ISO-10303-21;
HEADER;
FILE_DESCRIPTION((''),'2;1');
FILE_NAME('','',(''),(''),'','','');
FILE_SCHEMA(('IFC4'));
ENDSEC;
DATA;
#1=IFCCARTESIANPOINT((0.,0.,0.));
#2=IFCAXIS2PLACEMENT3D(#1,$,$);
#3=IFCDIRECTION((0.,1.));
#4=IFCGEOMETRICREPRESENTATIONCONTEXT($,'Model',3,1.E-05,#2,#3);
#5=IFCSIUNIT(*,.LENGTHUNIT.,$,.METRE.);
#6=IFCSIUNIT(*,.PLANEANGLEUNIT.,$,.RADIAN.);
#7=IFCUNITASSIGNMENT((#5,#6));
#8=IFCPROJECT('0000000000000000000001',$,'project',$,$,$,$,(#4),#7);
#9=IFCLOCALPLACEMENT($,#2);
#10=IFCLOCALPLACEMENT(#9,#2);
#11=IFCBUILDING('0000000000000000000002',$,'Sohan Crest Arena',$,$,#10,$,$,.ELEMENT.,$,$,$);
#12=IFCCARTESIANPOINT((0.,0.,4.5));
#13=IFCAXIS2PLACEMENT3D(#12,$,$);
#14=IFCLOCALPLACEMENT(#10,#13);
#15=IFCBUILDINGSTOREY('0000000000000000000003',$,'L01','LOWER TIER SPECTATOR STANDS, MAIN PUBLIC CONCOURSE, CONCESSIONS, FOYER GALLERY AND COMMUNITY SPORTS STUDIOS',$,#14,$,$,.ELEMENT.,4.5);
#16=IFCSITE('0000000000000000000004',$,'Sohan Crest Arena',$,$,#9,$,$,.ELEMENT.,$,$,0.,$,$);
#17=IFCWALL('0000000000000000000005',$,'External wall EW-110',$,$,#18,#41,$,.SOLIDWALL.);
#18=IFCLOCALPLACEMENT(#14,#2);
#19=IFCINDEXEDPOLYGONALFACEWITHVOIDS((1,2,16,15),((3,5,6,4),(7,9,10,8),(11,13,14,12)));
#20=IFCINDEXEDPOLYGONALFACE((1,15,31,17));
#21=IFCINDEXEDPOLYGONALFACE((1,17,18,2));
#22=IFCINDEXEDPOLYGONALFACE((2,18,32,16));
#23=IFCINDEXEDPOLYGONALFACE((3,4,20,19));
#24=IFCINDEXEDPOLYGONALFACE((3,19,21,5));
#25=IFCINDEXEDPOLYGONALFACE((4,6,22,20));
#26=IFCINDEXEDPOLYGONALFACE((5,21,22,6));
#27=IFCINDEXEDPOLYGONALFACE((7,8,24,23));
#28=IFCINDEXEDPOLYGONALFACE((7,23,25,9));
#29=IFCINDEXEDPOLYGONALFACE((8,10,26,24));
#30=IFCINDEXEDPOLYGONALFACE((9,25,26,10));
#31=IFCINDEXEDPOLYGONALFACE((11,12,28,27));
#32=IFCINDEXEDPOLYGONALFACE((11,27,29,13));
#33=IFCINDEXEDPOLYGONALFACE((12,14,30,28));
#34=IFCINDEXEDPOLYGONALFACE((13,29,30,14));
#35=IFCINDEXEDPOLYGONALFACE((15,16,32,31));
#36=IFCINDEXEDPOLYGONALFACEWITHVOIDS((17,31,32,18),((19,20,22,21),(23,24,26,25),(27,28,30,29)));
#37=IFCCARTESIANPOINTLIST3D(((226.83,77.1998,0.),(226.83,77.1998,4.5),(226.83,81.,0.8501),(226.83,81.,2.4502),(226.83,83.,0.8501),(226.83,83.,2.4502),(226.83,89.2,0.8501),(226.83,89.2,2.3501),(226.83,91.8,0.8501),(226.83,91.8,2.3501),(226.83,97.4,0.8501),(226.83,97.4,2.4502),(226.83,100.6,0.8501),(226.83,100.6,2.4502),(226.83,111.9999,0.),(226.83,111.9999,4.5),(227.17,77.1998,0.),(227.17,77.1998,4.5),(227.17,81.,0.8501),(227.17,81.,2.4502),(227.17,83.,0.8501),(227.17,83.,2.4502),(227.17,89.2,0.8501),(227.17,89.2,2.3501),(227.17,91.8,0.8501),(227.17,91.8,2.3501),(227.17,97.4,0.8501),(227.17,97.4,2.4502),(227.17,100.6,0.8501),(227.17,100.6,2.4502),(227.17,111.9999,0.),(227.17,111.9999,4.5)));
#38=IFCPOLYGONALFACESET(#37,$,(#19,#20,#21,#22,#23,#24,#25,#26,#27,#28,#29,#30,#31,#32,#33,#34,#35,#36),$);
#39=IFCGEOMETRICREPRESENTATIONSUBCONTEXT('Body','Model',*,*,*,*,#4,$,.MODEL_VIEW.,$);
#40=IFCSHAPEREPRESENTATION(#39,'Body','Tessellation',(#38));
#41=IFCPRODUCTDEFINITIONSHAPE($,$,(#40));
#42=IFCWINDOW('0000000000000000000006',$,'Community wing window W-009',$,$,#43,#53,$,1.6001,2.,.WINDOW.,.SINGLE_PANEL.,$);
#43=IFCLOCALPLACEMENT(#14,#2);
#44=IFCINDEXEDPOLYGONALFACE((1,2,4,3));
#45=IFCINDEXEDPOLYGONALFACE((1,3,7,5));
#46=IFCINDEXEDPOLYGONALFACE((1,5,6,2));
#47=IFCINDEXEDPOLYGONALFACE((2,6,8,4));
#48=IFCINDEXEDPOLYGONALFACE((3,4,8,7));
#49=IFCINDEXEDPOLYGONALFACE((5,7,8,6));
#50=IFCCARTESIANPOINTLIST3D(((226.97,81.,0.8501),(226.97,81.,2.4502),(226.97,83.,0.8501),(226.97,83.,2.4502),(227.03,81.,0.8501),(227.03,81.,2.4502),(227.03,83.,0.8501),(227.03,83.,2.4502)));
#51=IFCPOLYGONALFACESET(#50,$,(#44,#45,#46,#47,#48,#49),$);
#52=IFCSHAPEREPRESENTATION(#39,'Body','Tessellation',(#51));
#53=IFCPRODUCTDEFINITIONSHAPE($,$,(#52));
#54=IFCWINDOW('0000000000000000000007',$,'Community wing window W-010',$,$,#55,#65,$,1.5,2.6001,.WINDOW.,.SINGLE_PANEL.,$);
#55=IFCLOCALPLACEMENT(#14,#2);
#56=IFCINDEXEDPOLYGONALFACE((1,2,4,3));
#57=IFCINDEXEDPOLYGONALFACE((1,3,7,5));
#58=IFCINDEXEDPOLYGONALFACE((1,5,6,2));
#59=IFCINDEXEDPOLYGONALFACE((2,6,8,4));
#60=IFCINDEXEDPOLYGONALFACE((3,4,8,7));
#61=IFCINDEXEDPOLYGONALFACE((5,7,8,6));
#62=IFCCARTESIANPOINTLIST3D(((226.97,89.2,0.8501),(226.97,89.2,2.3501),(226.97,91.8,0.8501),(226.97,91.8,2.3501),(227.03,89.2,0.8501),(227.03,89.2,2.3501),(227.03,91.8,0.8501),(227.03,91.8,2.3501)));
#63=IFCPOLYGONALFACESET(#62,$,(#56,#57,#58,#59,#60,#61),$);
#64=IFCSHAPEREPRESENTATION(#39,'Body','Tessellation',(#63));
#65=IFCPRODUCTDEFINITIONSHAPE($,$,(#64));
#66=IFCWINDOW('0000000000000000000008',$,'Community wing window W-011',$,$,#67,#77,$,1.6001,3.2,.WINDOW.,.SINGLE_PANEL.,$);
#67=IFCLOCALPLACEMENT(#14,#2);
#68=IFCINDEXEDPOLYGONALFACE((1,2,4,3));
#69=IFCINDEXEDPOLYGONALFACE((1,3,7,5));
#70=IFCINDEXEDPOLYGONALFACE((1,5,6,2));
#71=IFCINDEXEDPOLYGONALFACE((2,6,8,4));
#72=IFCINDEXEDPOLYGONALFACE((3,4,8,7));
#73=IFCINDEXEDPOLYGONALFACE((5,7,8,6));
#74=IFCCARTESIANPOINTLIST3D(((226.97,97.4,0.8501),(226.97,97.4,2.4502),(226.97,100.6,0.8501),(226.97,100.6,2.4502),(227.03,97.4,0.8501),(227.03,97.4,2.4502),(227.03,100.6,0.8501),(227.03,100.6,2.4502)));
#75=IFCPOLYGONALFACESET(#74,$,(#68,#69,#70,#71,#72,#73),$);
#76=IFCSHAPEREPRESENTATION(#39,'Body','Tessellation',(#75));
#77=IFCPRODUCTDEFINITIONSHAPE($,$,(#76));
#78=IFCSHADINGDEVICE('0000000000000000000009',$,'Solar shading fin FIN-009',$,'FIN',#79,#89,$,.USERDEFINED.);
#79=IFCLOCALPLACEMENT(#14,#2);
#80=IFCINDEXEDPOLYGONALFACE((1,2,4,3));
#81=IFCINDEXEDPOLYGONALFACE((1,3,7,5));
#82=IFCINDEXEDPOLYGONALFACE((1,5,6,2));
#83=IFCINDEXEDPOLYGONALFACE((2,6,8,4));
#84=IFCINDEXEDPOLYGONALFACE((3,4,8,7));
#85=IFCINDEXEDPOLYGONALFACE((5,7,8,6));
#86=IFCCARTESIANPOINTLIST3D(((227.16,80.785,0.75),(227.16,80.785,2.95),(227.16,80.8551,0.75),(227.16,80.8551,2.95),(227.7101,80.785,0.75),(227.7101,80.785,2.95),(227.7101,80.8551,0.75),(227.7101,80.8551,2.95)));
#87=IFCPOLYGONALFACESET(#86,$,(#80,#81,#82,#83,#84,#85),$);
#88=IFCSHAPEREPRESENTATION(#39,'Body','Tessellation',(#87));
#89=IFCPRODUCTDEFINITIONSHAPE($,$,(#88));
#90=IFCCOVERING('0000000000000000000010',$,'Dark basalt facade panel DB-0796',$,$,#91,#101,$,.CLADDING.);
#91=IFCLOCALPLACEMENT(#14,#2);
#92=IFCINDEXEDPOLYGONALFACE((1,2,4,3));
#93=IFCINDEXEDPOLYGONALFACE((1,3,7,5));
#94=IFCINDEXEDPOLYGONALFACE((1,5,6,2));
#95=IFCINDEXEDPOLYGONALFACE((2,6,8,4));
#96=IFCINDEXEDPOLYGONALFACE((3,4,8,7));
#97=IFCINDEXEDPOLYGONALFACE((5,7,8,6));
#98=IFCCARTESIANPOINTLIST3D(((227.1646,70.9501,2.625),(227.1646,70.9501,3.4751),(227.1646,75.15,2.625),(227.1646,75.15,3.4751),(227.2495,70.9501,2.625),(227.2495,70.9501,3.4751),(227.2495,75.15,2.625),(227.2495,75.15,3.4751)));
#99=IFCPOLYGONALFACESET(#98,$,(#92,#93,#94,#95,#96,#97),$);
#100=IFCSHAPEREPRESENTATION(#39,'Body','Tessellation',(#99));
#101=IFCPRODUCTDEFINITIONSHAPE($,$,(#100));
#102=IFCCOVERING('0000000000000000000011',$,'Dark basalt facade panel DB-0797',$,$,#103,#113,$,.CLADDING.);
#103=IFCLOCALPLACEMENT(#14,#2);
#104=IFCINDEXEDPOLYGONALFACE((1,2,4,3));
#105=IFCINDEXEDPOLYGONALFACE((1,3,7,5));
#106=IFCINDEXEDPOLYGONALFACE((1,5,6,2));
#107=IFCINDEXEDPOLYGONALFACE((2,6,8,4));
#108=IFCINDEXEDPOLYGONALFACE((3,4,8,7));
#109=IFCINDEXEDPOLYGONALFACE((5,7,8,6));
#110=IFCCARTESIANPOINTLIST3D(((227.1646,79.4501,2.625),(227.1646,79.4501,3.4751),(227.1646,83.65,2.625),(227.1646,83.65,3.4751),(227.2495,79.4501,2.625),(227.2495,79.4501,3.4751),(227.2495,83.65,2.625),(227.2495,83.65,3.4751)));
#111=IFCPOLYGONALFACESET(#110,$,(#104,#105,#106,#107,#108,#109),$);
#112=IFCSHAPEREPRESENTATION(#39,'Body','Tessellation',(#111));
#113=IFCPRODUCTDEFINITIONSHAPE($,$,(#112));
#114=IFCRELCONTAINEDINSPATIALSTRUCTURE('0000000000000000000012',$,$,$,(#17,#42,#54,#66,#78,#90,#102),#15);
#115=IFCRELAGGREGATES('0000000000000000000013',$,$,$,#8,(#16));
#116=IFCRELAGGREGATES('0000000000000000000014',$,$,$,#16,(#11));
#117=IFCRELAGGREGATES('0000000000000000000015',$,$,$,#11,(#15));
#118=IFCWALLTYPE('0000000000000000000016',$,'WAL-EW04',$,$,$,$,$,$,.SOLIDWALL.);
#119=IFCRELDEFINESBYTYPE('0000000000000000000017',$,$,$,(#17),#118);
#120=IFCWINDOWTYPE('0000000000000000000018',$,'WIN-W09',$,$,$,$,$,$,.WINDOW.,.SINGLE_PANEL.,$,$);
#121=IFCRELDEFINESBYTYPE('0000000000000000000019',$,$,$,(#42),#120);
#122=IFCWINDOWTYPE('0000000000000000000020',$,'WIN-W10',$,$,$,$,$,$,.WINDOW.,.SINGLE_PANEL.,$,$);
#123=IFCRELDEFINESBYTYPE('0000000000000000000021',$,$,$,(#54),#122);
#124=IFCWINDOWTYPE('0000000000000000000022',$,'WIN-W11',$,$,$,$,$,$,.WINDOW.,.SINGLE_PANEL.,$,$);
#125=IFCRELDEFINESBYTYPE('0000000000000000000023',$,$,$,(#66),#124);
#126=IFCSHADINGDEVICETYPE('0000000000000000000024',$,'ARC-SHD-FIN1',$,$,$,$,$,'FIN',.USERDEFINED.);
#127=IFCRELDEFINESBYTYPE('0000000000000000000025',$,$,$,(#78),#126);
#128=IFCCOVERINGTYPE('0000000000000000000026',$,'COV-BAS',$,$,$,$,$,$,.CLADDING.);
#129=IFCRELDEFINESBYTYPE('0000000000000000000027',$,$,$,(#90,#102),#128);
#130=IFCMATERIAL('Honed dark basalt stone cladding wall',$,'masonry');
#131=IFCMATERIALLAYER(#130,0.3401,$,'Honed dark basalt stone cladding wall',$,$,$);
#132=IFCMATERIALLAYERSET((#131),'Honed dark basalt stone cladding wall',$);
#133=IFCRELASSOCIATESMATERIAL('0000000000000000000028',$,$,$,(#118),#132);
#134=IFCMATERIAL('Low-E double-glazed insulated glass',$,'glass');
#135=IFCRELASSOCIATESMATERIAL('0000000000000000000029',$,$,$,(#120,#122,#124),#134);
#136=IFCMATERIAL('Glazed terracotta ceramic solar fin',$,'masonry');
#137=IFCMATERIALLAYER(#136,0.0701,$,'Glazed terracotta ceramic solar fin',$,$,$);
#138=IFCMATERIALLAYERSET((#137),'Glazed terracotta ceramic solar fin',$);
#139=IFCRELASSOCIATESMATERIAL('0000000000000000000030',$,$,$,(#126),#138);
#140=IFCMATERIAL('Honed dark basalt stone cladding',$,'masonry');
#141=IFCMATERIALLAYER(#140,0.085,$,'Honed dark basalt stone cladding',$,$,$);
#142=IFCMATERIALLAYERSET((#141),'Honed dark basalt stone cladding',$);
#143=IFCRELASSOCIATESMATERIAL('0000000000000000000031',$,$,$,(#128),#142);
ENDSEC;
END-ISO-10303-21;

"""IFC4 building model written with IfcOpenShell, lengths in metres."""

from ifc_helpers import new_model, si_unit, direction, frame, frame_2d, origin, origin_2d, place, context, subcontext, project, spatial, rectangle, extrude, material, layer, layer_set, type_object, element, fill, save


model = new_model("IFC4")

# Units and contexts
model_context = context("Model", 3, precision=1e-05, world=origin(), true_north=direction((0.0, 1.0)))
body_context = subcontext(model_context, "Body", "Model", "MODEL_VIEW")
ifc_project = project(units=[si_unit("LENGTHUNIT", "METRE"), si_unit("PLANEANGLEUNIT", "RADIAN")], contexts=[model_context])

# Site, building, storey
site_placement = place(None, origin())
site = spatial("IfcSite", under=ifc_project, at=site_placement, Name="Sohan Crest Arena", CompositionType="ELEMENT", RefElevation=0.0)
building_placement = place(site_placement, origin())
building = spatial("IfcBuilding", under=site, at=building_placement, Name="Sohan Crest Arena", CompositionType="ELEMENT")
storey_placement = place(building_placement, frame((0.0, 0.0, 4.5)))
storey = spatial("IfcBuildingStorey", under=building, at=storey_placement, Name="L01", Description="LOWER TIER SPECTATOR STANDS, MAIN PUBLIC CONCOURSE, CONCESSIONS, FOYER GALLERY AND COMMUNITY SPORTS STUDIOS", CompositionType="ELEMENT", Elevation=4.5)

# Wall, openings, windows
ifc_material_1 = material(Name="Honed dark basalt stone cladding wall", Category="masonry")
ifc_layer_1 = layer(ifc_material_1, 0.3401, Name="Honed dark basalt stone cladding wall")
ifc_layer_set_1 = layer_set([ifc_layer_1], Name="Honed dark basalt stone cladding wall")
wall_type = type_object("IfcWallType", Name="WAL-EW04", PredefinedType="SOLIDWALL", material=ifc_layer_set_1)
wall_placement = place(storey_placement, frame((227.0, 77.2, 0.0), z_axis=(0.0, 0.0, 1.0), x_axis=(0.0, 1.0, 0.0)))
wall = element("IfcWall", 1, at=wall_placement, inside=storey, type_object=wall_type, Name="External wall EW-110", PredefinedType="SOLIDWALL", context=body_context, shape_type="SweptSolid", body=[
    extrude(rectangle(XDim=34.8, YDim=0.3401, at=frame_2d((17.3999, 0.0))), origin(), (0.0, 0.0, 1.0), 4.5),
])
opening_1_placement = place(wall_placement, frame((3.8, 0.0, 0.8501)))
opening_1 = element("IfcOpeningElement", 2, at=opening_1_placement, cuts=wall, PredefinedType="OPENING", context=body_context, shape_type="SweptSolid", body=[
    extrude(rectangle(XDim=2.0, YDim=1.6001, at=frame_2d((1.0, 0.8))), frame((0.0, 0.1799, 0.0), z_axis=(0.0, -1.0, 0.0), x_axis=(1.0, 0.0, 0.0)), (0.0, 0.0, 1.0), 0.3601),
])
opening_2_placement = place(wall_placement, frame((12.0, 0.0, 0.8501)))
opening_2 = element("IfcOpeningElement", 3, at=opening_2_placement, cuts=wall, PredefinedType="OPENING", context=body_context, shape_type="SweptSolid", body=[
    extrude(rectangle(XDim=2.6001, YDim=1.5, at=frame_2d((1.3, 0.75))), frame((0.0, 0.1799, 0.0), z_axis=(0.0, -1.0, 0.0), x_axis=(1.0, 0.0, 0.0)), (0.0, 0.0, 1.0), 0.3601),
])
opening_3_placement = place(wall_placement, frame((20.2, 0.0, 0.8501)))
opening_3 = element("IfcOpeningElement", 4, at=opening_3_placement, cuts=wall, PredefinedType="OPENING", context=body_context, shape_type="SweptSolid", body=[
    extrude(rectangle(XDim=3.2, YDim=1.6001, at=frame_2d((1.6001, 0.8))), frame((0.0, 0.1799, 0.0), z_axis=(0.0, -1.0, 0.0), x_axis=(1.0, 0.0, 0.0)), (0.0, 0.0, 1.0), 0.3601),
])
ifc_material_2 = material(Name="Low-E double-glazed insulated glass", Category="glass")
window_type_1 = type_object("IfcWindowType", Name="WIN-W09", PartitioningType="SINGLE_PANEL", PredefinedType="WINDOW", material=ifc_material_2)
window_1_placement = place(opening_1_placement, origin())
window_1 = element("IfcWindow", 5, at=window_1_placement, inside=storey, type_object=window_type_1, Name="Community wing window W-009", OverallHeight=1.6001, OverallWidth=2.0, PartitioningType="SINGLE_PANEL", PredefinedType="WINDOW", context=body_context, shape_type="SweptSolid", body=[
    extrude(rectangle(XDim=2.0, YDim=1.6001, at=frame_2d((1.0, 0.8))), frame((0.0, 0.03, 0.0), z_axis=(0.0, -1.0, 0.0), x_axis=(1.0, 0.0, 0.0)), (0.0, 0.0, 1.0), 0.0601),
])
fill(opening_1, window_1)
window_type_2 = type_object("IfcWindowType", Name="WIN-W10", PartitioningType="SINGLE_PANEL", PredefinedType="WINDOW", material=ifc_material_2)
window_2_placement = place(opening_2_placement, origin())
window_2 = element("IfcWindow", 6, at=window_2_placement, inside=storey, type_object=window_type_2, Name="Community wing window W-010", OverallHeight=1.5, OverallWidth=2.6001, PartitioningType="SINGLE_PANEL", PredefinedType="WINDOW", context=body_context, shape_type="SweptSolid", body=[
    extrude(rectangle(XDim=2.6001, YDim=1.5, at=frame_2d((1.3, 0.75))), frame((0.0, 0.03, 0.0), z_axis=(0.0, -1.0, 0.0), x_axis=(1.0, 0.0, 0.0)), (0.0, 0.0, 1.0), 0.0601),
])
fill(opening_2, window_2)
window_type_3 = type_object("IfcWindowType", Name="WIN-W11", PartitioningType="SINGLE_PANEL", PredefinedType="WINDOW", material=ifc_material_2)
window_3_placement = place(opening_3_placement, origin())
window_3 = element("IfcWindow", 7, at=window_3_placement, inside=storey, type_object=window_type_3, Name="Community wing window W-011", OverallHeight=1.6001, OverallWidth=3.2, PartitioningType="SINGLE_PANEL", PredefinedType="WINDOW", context=body_context, shape_type="SweptSolid", body=[
    extrude(rectangle(XDim=3.2, YDim=1.6001, at=frame_2d((1.6001, 0.8))), frame((0.0, 0.03, 0.0), z_axis=(0.0, -1.0, 0.0), x_axis=(1.0, 0.0, 0.0)), (0.0, 0.0, 1.0), 0.0601),
])
fill(opening_3, window_3)

# Shading device
ifc_material_3 = material(Name="Glazed terracotta ceramic solar fin", Category="masonry")
ifc_layer_2 = layer(ifc_material_3, 0.0701, Name="Glazed terracotta ceramic solar fin")
ifc_layer_set_2 = layer_set([ifc_layer_2], Name="Glazed terracotta ceramic solar fin")
shading_device_type = type_object("IfcShadingDeviceType", Name="ARC-SHD-FIN1", ElementType="FIN", PredefinedType="USERDEFINED", material=ifc_layer_set_2)
shading_device_placement = place(storey_placement, frame((227.4351, 80.8201, 0.75), z_axis=(0.0, 0.0, 1.0), x_axis=(0.0, 1.0, 0.0)))
element("IfcShadingDevice", 8, at=shading_device_placement, inside=storey, type_object=shading_device_type, Name="Solar shading fin FIN-009", ObjectType="FIN", PredefinedType="USERDEFINED", context=body_context, shape_type="SweptSolid", body=[
    extrude(rectangle(XDim=0.0701, YDim=0.55, at=origin_2d()), origin(), (0.0, 0.0, 1.0), 2.2),
])

# Coverings
ifc_material_4 = material(Name="Honed dark basalt stone cladding", Category="masonry")
ifc_layer_3 = layer(ifc_material_4, 0.085, Name="Honed dark basalt stone cladding")
ifc_layer_set_3 = layer_set([ifc_layer_3], Name="Honed dark basalt stone cladding")
covering_type = type_object("IfcCoveringType", Name="COV-BAS", PredefinedType="CLADDING", material=ifc_layer_set_3)
for number, where, z_axis, x_axis, name in (
    (9, (227.207, 73.05, 2.625), (0.0, 0.0, 1.0), (0.0, 1.0, 0.0), "Dark basalt facade panel DB-0796"),
    (10, (227.207, 81.55, 2.625), (0.0, 0.0, 1.0), (0.0, 1.0, 0.0), "Dark basalt facade panel DB-0797"),
):
    element("IfcCovering", number, at=place(storey_placement, frame(where, z_axis=z_axis, x_axis=x_axis)), inside=storey, type_object=covering_type, Name=name, PredefinedType="CLADDING", context=body_context, shape_type="SweptSolid", body=[
        extrude(rectangle(XDim=4.2, YDim=0.085, at=origin_2d()), origin(), (0.0, 0.0, 1.0), 0.8501),
    ])

save(model, "model.ifc")
